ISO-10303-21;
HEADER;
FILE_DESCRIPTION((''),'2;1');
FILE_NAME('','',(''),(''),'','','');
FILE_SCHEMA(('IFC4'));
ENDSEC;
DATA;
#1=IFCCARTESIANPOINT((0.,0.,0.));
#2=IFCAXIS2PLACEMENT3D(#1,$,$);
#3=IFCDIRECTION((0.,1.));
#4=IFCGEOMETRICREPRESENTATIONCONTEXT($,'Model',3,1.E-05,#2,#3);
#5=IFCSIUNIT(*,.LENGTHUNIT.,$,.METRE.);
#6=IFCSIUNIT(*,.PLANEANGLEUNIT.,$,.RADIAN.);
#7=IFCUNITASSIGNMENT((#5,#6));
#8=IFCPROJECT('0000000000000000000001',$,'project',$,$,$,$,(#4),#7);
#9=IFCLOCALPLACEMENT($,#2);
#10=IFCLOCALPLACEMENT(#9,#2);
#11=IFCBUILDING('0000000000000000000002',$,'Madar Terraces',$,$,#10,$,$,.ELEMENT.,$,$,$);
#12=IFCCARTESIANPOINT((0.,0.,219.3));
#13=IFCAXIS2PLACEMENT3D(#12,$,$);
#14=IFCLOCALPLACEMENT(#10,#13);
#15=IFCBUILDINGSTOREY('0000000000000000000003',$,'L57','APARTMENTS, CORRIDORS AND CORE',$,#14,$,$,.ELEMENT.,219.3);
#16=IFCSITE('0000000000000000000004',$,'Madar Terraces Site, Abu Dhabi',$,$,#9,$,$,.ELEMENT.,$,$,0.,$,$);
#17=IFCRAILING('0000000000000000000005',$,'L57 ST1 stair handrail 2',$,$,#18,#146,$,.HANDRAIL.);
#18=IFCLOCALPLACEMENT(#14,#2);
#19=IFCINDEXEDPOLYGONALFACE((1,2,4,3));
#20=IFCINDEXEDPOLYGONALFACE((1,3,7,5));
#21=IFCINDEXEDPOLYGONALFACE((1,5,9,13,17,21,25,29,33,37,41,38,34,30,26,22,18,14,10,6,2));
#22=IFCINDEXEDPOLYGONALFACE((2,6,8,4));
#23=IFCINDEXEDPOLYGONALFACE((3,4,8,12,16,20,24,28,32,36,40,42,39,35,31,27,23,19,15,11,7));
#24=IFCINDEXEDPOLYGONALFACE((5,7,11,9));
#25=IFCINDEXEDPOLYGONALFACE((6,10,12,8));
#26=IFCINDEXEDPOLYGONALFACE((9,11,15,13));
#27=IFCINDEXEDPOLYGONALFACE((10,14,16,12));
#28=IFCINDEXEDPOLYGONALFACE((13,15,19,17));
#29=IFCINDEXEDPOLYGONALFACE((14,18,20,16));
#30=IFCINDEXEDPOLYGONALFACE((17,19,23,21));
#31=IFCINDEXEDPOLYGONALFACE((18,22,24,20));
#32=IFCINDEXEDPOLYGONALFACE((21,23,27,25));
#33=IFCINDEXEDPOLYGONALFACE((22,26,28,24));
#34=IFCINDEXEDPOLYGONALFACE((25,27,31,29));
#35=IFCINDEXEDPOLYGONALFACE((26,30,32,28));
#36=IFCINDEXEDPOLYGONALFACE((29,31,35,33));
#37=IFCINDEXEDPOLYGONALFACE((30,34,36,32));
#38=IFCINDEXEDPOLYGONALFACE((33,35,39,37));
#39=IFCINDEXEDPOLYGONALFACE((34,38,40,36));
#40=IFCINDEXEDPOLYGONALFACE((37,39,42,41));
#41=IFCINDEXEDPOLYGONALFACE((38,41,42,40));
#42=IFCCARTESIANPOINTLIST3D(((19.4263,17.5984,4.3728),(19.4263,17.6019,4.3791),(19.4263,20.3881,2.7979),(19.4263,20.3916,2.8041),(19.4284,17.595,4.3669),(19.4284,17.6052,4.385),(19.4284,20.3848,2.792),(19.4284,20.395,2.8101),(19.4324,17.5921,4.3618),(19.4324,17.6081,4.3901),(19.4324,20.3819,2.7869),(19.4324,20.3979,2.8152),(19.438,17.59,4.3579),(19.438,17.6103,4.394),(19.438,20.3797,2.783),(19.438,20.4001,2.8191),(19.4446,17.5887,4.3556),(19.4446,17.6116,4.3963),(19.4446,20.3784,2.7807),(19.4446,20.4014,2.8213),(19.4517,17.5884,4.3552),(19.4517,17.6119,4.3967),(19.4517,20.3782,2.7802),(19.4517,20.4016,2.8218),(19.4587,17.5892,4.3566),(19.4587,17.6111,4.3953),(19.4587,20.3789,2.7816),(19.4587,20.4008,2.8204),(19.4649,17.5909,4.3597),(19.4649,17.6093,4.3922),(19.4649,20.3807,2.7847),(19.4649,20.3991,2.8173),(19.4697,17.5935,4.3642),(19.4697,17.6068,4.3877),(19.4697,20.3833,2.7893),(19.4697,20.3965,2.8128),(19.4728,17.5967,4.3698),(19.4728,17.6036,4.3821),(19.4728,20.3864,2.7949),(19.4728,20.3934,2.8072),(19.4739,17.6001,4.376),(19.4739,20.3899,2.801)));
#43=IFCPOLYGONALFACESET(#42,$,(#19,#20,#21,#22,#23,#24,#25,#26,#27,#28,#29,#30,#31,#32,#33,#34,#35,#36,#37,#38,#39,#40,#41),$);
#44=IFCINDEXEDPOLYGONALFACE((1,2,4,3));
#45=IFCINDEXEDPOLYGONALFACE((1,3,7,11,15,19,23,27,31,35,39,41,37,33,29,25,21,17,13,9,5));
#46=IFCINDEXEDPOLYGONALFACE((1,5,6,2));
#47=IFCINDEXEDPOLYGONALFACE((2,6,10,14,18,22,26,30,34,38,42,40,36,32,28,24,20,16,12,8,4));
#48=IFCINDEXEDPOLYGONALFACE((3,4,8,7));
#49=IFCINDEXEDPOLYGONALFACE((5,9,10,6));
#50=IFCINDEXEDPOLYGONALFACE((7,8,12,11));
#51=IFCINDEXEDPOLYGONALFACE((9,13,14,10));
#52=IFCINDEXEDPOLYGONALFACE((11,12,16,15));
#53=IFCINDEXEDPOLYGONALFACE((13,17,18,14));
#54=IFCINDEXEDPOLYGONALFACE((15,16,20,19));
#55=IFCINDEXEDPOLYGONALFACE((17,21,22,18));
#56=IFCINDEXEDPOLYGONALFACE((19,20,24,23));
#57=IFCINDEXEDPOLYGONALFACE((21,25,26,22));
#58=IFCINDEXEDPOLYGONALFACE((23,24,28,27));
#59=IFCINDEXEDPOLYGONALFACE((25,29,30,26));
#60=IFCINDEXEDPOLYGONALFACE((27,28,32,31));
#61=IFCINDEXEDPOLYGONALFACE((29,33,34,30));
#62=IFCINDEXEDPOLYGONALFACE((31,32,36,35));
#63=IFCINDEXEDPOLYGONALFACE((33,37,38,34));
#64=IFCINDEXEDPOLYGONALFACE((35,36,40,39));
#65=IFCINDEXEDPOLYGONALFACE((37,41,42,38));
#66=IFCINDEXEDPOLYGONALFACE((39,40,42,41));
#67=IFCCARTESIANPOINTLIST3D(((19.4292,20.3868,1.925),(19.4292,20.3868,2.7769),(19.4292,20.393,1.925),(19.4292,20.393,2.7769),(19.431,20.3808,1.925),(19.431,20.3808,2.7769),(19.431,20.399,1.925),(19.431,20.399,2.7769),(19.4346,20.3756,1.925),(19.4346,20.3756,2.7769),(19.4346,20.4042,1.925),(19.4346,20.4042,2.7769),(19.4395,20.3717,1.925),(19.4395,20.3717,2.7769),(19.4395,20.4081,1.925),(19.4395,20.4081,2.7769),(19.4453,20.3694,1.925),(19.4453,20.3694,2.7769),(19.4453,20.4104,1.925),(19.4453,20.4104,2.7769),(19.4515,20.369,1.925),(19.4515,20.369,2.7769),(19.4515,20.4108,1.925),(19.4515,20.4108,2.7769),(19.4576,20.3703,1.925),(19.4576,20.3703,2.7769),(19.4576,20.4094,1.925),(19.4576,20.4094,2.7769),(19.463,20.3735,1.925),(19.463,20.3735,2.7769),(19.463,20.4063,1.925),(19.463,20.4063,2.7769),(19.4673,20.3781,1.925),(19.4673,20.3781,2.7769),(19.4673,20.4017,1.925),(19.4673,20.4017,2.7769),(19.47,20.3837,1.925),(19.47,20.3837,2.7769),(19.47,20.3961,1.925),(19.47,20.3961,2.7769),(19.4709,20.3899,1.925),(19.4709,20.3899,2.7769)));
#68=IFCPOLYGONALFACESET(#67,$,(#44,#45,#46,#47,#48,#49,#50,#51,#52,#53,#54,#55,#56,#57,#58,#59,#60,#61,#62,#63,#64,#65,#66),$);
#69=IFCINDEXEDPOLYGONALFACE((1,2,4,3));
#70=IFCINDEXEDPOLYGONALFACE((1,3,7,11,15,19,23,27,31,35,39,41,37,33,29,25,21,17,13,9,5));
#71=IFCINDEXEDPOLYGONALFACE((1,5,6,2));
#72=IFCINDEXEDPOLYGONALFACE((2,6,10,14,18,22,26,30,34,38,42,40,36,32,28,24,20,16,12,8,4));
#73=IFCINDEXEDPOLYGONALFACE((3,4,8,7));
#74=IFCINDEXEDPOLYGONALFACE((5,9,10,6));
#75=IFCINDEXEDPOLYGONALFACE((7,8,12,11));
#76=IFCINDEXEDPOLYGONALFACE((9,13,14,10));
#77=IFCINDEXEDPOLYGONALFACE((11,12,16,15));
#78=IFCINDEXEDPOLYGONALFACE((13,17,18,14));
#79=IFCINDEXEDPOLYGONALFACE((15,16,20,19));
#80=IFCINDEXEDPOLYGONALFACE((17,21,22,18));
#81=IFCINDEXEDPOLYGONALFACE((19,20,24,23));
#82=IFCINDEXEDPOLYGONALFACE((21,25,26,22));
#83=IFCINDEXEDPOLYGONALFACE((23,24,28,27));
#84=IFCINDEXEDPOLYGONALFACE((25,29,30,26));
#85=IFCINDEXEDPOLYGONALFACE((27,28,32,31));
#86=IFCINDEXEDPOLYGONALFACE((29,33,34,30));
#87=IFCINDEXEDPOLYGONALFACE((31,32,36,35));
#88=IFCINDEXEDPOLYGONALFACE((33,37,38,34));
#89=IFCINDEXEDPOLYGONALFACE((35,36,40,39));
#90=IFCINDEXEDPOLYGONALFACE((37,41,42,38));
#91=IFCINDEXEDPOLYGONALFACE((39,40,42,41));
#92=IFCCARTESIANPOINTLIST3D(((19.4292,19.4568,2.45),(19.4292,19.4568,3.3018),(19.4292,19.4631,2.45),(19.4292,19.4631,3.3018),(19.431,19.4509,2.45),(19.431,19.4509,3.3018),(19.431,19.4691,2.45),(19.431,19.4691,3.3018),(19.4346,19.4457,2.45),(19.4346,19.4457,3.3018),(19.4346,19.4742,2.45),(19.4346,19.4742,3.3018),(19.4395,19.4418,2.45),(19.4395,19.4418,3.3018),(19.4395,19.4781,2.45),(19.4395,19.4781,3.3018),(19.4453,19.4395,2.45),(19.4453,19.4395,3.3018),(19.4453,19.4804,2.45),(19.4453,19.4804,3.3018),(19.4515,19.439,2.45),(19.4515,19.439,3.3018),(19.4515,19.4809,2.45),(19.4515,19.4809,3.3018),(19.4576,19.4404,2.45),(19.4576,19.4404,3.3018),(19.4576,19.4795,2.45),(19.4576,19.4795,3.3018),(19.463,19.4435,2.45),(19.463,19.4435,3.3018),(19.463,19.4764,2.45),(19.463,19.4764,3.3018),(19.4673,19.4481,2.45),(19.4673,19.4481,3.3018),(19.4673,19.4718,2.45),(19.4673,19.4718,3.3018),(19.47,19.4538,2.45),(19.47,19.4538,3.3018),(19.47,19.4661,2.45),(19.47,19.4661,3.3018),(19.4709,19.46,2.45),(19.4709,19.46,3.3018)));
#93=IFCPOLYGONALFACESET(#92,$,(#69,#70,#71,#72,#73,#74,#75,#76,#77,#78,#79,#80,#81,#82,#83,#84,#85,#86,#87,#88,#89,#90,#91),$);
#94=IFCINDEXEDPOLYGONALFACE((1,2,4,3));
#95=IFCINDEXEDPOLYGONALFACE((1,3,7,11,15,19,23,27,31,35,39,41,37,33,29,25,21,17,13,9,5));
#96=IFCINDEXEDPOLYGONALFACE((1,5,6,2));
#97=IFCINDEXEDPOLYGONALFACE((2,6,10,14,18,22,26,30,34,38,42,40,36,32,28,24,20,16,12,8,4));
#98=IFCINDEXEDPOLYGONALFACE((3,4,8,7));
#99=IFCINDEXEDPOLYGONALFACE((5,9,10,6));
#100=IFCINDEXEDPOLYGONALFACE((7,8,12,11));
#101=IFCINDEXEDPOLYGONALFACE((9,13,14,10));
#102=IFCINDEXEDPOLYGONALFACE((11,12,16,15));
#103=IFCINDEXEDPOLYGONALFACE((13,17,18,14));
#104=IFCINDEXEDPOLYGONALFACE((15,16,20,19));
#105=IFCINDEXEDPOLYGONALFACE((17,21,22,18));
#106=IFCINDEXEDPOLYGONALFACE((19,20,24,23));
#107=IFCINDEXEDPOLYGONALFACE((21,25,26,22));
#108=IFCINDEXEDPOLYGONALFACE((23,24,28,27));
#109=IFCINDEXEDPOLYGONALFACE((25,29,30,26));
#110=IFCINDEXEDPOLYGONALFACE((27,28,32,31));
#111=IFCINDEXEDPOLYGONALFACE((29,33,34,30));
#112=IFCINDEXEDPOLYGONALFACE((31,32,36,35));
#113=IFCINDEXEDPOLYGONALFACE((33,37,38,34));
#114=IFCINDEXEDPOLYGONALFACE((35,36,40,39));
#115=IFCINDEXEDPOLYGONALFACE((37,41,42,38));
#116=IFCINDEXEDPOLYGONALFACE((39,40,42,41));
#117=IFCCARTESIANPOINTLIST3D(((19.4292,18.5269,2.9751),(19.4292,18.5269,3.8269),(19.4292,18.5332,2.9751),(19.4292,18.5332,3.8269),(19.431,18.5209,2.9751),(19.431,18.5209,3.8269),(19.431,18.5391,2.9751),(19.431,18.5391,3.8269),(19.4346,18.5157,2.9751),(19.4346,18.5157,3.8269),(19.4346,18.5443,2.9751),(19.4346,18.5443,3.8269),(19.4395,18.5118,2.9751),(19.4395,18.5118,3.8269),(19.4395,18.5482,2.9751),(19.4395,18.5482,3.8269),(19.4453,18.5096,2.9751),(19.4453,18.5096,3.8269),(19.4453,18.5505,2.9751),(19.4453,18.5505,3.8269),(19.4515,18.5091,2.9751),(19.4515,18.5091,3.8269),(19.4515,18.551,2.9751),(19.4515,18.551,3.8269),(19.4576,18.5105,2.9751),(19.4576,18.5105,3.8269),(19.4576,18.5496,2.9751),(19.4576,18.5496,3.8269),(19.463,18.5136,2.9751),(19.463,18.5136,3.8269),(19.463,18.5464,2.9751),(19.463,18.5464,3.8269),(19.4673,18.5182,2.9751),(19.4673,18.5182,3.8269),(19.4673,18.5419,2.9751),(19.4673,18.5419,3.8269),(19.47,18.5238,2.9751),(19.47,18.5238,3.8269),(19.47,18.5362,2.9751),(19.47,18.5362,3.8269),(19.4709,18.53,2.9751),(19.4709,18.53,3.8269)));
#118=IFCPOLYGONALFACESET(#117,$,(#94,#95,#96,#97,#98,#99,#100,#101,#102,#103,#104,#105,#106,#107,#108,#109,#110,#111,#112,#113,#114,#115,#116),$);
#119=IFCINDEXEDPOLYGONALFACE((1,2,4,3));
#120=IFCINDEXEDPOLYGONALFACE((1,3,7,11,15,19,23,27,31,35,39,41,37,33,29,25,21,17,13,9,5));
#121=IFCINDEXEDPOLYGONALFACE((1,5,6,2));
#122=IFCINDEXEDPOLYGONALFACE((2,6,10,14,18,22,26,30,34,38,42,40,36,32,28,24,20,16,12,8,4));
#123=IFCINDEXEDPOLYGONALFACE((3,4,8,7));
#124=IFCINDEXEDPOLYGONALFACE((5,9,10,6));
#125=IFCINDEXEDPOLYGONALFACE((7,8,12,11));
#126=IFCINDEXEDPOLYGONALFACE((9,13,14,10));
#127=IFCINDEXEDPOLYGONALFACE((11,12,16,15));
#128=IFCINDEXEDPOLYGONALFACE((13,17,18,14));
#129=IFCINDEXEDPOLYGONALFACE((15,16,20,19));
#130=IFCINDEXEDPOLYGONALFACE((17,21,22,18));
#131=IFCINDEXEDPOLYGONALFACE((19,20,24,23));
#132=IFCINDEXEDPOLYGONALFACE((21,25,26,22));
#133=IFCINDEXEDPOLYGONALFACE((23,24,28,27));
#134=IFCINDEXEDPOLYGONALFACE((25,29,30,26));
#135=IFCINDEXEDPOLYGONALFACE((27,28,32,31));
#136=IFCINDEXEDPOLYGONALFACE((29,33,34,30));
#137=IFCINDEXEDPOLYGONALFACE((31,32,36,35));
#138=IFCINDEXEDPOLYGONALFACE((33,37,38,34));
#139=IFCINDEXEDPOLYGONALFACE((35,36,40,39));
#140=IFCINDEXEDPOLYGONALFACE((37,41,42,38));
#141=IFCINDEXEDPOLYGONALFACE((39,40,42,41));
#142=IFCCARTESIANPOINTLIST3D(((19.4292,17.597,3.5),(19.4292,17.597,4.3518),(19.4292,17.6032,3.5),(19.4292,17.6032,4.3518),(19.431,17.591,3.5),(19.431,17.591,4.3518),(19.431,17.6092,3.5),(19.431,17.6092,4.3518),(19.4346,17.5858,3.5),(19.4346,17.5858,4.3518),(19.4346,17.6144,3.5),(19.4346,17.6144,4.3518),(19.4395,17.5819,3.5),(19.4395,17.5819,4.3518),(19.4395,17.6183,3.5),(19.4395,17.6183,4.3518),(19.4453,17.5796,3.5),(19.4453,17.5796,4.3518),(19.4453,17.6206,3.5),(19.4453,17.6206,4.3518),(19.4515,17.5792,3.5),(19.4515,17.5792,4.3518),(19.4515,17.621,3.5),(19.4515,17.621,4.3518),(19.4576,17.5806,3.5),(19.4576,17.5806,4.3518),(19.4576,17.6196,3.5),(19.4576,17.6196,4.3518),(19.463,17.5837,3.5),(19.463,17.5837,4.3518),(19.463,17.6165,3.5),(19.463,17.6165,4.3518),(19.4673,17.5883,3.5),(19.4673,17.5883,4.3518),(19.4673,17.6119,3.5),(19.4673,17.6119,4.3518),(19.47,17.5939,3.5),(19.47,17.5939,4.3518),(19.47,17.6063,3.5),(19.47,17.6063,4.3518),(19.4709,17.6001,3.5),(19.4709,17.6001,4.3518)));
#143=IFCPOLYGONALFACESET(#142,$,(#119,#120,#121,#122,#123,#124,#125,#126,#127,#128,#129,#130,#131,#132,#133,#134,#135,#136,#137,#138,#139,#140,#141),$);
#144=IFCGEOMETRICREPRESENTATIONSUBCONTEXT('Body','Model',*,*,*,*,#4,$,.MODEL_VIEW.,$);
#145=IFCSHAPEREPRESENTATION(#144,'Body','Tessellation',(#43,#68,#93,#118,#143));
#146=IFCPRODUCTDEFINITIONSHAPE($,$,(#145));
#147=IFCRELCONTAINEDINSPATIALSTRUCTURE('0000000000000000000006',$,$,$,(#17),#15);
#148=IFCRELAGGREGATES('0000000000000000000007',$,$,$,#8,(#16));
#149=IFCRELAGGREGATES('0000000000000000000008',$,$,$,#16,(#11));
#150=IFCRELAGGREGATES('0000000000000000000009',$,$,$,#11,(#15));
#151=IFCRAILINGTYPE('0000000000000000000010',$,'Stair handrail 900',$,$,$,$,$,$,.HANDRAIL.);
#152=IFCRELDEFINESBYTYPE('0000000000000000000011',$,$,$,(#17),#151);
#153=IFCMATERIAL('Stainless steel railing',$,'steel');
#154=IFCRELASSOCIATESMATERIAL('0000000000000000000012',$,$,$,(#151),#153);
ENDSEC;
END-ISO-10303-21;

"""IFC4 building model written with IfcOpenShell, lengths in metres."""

from ifc_helpers import new_model, si_unit, direction, frame, origin, origin_2d, place, context, subcontext, project, spatial, circle, extrude, material, type_object, element, save


model = new_model("IFC4")

# Units and contexts
model_context = context("Model", 3, precision=1e-05, world=origin(), true_north=direction((0.0, 1.0)))
body_context = subcontext(model_context, "Body", "Model", "MODEL_VIEW")
ifc_project = project(units=[si_unit("LENGTHUNIT", "METRE"), si_unit("PLANEANGLEUNIT", "RADIAN")], contexts=[model_context])

# Site, building, storey
site_placement = place(None, origin())
site = spatial("IfcSite", under=ifc_project, at=site_placement, Name="Madar Terraces Site, Abu Dhabi", CompositionType="ELEMENT", RefElevation=0.0)
building_placement = place(site_placement, origin())
building = spatial("IfcBuilding", under=site, at=building_placement, Name="Madar Terraces", CompositionType="ELEMENT")
storey_placement = place(building_placement, frame((0.0, 0.0, 219.3)))
storey = spatial("IfcBuildingStorey", under=building, at=storey_placement, Name="L57", Description="APARTMENTS, CORRIDORS AND CORE", CompositionType="ELEMENT", Elevation=219.3)

# Railing
ifc_material_1 = material(Name="Stainless steel railing", Category="steel")
railing_type_1 = type_object("IfcRailingType", Name="Stair handrail 900", PredefinedType="HANDRAIL", material=ifc_material_1)
railing_1_placement = place(storey_placement, frame((19.45, 20.3899, 1.925)))
element("IfcRailing", 1, at=railing_1_placement, inside=storey, type_object=railing_type_1, Name="L57 ST1 stair handrail 2", PredefinedType="HANDRAIL", context=body_context, shape_type="SweptSolid", body=[
    extrude(circle(Radius=0.0239, at=origin_2d()), frame((0.0, 0.0, 0.876), z_axis=(0.0, -0.870815, 0.49161), x_axis=(1.0, 0.0, 0.0)), (0.0, 0.0, 1.0), 3.2036),
    extrude(circle(Radius=0.021, at=origin_2d()), origin(), (0.0, 0.0, 1.0), 0.8518),
    extrude(circle(Radius=0.021, at=origin_2d()), frame((0.0, -0.9299, 0.5249)), (0.0, 0.0, 1.0), 0.8518),
    extrude(circle(Radius=0.021, at=origin_2d()), frame((0.0, -1.8599, 1.05)), (0.0, 0.0, 1.0), 0.8518),
    extrude(circle(Radius=0.021, at=origin_2d()), frame((0.0, -2.7898, 1.575)), (0.0, 0.0, 1.0), 0.8518),
])

save(model, "model.ifc")
